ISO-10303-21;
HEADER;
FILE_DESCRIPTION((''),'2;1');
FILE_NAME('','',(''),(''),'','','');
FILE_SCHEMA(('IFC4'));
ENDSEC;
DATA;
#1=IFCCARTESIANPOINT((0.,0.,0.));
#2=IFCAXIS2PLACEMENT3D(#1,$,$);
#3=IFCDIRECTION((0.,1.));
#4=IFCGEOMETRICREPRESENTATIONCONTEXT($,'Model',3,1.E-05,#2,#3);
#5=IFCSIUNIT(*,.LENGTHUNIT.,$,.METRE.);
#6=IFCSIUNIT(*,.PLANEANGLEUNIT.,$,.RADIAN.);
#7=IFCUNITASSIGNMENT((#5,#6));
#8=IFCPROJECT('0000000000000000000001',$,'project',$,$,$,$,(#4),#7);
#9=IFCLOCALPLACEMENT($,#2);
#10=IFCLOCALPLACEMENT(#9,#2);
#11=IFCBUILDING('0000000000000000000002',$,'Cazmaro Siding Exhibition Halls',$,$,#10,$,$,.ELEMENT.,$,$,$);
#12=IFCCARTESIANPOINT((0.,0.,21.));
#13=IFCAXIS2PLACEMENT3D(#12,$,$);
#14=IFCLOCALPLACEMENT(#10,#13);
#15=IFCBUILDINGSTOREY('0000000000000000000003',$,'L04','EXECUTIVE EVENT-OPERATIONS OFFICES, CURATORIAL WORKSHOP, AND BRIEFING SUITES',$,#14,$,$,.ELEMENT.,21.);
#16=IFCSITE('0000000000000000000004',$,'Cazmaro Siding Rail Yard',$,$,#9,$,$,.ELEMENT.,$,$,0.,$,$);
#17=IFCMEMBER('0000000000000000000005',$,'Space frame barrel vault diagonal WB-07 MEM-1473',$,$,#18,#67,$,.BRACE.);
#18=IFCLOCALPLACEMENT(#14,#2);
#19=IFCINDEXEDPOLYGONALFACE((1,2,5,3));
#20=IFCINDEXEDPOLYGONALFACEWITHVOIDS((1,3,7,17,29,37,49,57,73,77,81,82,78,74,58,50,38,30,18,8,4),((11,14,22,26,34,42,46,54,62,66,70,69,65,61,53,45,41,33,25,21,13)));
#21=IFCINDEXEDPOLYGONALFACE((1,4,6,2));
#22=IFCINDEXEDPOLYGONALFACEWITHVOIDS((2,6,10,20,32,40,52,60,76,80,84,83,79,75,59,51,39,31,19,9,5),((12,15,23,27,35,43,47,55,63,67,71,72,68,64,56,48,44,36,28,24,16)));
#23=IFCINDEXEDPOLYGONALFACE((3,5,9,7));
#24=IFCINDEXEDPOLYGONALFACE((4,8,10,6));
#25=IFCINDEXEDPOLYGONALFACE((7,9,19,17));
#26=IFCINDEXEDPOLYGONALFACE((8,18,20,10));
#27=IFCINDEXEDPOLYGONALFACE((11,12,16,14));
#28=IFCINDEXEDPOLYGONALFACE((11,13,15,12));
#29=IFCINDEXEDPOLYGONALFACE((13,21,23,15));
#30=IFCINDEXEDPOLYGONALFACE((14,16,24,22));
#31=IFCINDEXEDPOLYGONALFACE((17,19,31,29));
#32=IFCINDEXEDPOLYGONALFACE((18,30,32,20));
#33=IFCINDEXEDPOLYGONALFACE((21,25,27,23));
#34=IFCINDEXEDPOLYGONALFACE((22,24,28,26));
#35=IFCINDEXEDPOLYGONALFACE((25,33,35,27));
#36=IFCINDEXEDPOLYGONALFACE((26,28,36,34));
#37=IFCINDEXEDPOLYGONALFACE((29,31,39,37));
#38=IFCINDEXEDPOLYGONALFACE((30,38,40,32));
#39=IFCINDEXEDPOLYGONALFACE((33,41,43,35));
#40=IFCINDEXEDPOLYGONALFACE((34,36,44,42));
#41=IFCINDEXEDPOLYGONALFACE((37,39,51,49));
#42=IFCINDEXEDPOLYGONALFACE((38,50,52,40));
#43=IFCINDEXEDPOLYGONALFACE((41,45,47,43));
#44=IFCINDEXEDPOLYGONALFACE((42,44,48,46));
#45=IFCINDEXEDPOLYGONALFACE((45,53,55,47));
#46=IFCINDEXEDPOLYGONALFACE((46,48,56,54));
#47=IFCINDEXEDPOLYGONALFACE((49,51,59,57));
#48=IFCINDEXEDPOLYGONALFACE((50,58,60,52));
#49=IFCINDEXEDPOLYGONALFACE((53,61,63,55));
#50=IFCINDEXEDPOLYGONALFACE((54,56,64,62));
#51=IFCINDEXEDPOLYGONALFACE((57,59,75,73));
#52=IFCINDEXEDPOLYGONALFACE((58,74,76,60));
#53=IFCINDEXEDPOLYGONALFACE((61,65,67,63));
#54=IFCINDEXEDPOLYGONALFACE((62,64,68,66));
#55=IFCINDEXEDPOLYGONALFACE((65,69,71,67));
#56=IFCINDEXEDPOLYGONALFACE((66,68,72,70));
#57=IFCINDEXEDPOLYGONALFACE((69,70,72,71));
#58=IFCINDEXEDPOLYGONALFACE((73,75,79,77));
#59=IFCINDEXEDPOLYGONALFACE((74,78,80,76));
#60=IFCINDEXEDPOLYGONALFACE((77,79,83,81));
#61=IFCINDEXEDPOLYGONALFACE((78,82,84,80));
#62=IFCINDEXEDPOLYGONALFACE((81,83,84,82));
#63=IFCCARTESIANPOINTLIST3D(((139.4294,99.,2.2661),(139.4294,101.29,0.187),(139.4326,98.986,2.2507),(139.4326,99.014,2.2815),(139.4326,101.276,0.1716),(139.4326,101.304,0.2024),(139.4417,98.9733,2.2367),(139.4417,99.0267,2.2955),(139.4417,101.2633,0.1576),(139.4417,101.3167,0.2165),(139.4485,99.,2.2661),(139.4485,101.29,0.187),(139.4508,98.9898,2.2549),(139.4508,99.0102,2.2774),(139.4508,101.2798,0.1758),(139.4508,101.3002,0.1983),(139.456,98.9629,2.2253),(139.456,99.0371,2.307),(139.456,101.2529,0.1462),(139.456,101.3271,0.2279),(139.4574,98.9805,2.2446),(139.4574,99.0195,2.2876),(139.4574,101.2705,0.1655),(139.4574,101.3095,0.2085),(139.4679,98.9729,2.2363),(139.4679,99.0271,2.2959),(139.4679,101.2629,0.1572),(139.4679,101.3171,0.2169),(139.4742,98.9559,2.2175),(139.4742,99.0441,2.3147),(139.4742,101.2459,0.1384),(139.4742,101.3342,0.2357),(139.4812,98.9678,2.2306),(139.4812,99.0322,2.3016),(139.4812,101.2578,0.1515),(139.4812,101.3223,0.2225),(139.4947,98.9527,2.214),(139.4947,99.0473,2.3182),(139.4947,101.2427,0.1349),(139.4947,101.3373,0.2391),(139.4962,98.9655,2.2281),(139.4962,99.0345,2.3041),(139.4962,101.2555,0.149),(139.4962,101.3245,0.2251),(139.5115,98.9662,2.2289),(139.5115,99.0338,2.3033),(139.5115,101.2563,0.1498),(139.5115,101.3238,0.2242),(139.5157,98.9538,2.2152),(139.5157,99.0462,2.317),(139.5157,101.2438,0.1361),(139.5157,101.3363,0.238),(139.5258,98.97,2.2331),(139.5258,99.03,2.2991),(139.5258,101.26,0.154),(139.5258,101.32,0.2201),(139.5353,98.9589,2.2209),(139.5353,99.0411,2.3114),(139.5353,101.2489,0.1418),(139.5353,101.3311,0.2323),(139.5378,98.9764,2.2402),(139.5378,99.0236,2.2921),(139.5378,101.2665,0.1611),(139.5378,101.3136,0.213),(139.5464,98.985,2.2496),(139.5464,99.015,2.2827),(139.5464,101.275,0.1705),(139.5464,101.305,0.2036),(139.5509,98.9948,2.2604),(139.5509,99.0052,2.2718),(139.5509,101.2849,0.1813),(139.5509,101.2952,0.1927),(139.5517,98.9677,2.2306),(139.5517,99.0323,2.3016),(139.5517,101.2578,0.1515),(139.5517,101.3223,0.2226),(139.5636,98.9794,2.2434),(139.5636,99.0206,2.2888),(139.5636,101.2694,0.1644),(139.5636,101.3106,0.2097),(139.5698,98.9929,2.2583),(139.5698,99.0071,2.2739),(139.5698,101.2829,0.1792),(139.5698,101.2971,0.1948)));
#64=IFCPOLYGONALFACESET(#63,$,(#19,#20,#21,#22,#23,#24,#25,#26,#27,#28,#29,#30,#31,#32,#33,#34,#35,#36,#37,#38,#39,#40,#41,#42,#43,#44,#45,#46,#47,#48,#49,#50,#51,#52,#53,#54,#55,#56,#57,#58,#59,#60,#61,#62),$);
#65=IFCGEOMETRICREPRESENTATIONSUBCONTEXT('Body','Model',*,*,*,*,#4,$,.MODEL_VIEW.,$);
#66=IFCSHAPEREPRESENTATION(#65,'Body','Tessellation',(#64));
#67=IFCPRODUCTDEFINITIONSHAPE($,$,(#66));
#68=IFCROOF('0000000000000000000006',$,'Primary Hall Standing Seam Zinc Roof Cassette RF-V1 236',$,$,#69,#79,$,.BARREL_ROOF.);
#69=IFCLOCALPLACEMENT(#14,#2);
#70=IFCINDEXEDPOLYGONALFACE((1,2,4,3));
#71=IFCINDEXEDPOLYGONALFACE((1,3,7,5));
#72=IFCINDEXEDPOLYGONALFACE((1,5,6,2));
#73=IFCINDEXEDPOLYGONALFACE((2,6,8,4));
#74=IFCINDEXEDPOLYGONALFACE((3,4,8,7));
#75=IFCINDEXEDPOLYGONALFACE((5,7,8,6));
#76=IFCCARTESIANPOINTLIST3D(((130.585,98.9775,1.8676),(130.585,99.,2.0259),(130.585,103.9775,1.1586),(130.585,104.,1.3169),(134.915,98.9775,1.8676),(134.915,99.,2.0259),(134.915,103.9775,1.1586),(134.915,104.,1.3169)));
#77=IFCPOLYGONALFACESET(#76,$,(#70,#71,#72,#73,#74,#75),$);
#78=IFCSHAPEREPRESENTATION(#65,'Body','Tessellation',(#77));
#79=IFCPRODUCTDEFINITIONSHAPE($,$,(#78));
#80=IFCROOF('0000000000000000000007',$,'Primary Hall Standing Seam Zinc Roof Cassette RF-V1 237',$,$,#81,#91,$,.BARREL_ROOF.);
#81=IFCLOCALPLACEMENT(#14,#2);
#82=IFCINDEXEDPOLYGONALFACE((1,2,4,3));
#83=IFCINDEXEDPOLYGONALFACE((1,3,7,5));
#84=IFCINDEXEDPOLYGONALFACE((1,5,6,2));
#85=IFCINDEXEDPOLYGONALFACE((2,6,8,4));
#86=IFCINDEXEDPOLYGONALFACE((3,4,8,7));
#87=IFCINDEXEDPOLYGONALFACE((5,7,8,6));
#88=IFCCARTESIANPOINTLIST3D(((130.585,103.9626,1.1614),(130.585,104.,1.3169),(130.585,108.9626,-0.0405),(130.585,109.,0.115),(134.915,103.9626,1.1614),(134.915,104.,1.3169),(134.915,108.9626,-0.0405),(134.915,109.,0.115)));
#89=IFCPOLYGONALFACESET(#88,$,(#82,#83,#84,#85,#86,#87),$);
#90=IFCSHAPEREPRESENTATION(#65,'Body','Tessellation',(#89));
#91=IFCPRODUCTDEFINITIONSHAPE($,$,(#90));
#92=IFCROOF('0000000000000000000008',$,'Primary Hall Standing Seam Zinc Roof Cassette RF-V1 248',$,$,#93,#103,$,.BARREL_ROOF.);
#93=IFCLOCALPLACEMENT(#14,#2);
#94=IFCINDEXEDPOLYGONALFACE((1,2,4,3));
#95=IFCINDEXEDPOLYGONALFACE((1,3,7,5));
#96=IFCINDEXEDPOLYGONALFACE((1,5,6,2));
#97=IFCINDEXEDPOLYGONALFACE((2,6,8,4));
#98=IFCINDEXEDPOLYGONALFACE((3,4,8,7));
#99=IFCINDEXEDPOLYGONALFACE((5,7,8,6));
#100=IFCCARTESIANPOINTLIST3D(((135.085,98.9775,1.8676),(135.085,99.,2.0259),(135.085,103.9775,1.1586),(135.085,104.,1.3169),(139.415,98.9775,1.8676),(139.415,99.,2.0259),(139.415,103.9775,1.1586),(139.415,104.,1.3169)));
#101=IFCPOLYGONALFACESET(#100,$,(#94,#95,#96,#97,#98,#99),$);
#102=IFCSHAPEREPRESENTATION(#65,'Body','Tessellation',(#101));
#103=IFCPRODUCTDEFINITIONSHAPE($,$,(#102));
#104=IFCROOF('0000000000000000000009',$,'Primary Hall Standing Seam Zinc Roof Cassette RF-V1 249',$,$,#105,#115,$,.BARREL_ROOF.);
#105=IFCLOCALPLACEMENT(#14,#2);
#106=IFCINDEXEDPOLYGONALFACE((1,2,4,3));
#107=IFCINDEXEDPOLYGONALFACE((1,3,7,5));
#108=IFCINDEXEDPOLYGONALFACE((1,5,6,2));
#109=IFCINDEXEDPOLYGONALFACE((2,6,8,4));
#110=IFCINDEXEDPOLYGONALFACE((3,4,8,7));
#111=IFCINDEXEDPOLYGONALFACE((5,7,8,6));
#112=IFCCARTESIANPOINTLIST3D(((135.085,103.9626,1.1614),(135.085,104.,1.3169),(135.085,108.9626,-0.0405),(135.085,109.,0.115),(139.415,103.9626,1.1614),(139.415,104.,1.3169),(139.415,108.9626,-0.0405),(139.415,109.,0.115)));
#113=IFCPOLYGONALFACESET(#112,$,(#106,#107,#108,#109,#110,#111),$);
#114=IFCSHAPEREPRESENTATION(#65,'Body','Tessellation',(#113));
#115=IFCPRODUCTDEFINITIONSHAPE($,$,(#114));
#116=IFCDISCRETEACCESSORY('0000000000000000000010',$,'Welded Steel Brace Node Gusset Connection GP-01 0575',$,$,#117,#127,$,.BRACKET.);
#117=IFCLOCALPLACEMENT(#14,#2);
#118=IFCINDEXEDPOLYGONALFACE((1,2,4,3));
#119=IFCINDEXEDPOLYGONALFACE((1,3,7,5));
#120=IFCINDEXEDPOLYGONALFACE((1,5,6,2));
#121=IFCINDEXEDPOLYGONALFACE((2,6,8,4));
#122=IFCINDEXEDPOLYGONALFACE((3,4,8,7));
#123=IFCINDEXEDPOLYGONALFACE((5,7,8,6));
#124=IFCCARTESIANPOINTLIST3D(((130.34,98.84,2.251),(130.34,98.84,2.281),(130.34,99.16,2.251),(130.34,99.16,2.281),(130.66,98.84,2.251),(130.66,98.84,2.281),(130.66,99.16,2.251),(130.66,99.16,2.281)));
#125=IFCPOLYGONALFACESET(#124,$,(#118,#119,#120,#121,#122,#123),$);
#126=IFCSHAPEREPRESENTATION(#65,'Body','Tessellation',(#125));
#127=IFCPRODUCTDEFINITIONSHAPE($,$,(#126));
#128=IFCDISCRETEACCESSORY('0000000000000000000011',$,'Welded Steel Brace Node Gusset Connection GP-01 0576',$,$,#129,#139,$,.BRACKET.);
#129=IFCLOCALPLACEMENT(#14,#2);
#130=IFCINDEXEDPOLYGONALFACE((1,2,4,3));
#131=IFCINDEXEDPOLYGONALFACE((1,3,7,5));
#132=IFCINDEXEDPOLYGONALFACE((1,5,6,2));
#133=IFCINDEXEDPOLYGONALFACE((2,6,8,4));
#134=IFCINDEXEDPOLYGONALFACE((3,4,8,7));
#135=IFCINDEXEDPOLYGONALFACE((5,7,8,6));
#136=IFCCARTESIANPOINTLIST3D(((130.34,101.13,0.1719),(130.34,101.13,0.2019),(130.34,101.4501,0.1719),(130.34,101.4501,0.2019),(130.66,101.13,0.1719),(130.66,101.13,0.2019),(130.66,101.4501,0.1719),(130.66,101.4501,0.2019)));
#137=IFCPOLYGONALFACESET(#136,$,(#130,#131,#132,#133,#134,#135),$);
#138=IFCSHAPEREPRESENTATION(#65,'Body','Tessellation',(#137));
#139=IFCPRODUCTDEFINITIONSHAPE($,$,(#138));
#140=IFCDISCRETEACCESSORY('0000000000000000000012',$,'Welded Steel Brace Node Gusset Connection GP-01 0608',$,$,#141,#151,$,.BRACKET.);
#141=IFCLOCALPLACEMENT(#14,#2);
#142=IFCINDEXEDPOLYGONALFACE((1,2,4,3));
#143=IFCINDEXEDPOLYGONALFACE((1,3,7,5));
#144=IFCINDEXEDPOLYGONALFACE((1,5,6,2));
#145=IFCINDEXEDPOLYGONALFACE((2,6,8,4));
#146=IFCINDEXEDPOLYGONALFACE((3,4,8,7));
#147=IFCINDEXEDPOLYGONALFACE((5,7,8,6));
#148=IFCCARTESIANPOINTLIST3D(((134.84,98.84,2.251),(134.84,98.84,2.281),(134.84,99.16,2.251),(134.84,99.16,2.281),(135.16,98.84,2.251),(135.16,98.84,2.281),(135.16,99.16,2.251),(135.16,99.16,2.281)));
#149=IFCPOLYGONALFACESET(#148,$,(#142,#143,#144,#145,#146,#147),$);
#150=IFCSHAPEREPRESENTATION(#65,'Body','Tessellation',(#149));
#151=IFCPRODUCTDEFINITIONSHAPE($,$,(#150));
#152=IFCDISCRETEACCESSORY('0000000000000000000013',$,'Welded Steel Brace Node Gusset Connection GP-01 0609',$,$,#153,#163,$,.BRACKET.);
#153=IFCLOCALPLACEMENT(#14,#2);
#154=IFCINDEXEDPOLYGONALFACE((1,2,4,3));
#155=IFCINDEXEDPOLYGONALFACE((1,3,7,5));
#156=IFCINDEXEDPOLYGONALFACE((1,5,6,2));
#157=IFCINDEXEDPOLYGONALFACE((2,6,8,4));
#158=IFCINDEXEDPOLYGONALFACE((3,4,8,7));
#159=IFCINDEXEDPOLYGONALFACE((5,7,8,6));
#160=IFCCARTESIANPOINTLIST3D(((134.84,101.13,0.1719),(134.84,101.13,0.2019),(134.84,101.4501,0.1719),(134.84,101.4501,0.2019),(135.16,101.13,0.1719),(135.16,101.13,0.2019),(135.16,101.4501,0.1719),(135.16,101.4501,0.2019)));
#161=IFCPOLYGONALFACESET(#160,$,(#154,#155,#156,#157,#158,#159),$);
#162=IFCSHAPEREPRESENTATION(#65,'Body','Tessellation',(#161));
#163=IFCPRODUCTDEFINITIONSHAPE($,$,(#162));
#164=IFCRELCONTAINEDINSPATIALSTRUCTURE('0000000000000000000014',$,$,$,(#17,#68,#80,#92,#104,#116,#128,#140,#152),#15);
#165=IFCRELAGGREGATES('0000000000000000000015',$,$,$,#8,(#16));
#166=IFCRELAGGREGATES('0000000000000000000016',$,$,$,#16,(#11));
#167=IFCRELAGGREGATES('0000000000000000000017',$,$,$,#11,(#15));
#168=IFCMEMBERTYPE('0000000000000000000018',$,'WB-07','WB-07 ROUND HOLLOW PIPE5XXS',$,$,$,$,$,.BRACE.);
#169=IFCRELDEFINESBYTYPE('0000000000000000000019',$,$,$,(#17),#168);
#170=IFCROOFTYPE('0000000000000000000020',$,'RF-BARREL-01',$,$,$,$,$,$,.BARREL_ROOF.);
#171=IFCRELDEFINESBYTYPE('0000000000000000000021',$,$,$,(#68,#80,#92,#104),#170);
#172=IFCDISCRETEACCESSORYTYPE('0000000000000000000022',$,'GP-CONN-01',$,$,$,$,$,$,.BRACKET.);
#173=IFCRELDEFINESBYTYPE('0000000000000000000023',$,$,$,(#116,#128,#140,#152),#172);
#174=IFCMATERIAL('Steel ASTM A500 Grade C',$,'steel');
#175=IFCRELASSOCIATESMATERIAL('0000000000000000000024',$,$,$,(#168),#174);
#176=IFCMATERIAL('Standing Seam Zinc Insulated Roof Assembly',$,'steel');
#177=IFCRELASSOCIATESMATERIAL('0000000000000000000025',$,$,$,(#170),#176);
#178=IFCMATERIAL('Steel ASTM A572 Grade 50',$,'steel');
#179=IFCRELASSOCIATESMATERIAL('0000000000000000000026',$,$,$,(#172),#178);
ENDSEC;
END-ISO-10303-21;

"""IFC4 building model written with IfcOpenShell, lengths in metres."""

from ifc_helpers import new_model, si_unit, direction, frame, origin, origin_2d, place, context, subcontext, project, spatial, polyline, rectangle, hollow_circle, outline, extrude, material, material_profile, profile_set, type_object, element, save


model = new_model("IFC4")

# Units and contexts
model_context = context("Model", 3, precision=1e-05, world=origin(), true_north=direction((0.0, 1.0)))
body_context = subcontext(model_context, "Body", "Model", "MODEL_VIEW")
ifc_project = project(units=[si_unit("LENGTHUNIT", "METRE"), si_unit("PLANEANGLEUNIT", "RADIAN")], contexts=[model_context])

# Site, building, storey
site_placement = place(None, origin())
site = spatial("IfcSite", under=ifc_project, at=site_placement, Name="Cazmaro Siding Rail Yard", CompositionType="ELEMENT", RefElevation=0.0)
building_placement = place(site_placement, origin())
building = spatial("IfcBuilding", under=site, at=building_placement, Name="Cazmaro Siding Exhibition Halls", CompositionType="ELEMENT")
storey_placement = place(building_placement, frame((0.0, 0.0, 21.0)))
storey = spatial("IfcBuildingStorey", under=building, at=storey_placement, Name="L04", Description="EXECUTIVE EVENT-OPERATIONS OFFICES, CURATORIAL WORKSHOP, AND BRIEFING SUITES", CompositionType="ELEMENT", Elevation=21.0)

# Member
ifc_material_1 = material(Name="Steel ASTM A500 Grade C", Category="steel")
ifc_material_profile_1 = material_profile(ifc_material_1, hollow_circle(Radius=0.0706, WallThickness=0.019, at=origin_2d()), Name="PIPE5XXS")
ifc_profile_set_1 = profile_set([ifc_material_profile_1], Name="Steel ASTM A500 Grade C")
member_type_1 = type_object("IfcMemberType", Name="WB-07", Description="WB-07 ROUND HOLLOW PIPE5XXS", PredefinedType="BRACE", material=ifc_profile_set_1)
for number, where, z_axis, x_axis, name in (
    (1, (139.5, 99.0, 2.2661), (0.0, 0.740383, -0.672185), (-1.0, 0.0, 0.0), "Space frame barrel vault diagonal WB-07 MEM-1473"),
):
    element("IfcMember", number, at=place(storey_placement, frame(where, z_axis=z_axis, x_axis=x_axis)), inside=storey, type_object=member_type_1, Name=name, PredefinedType="BRACE", context=body_context, shape_type="SweptSolid", body=[
        extrude(hollow_circle(Radius=0.0706, WallThickness=0.019, at=origin_2d()), origin(), (0.0, 0.0, 1.0), 3.093),
    ])

# Roofs
ifc_material_2 = material(Name="Standing Seam Zinc Insulated Roof Assembly", Category="steel")
roof_type = type_object("IfcRoofType", Name="RF-BARREL-01", PredefinedType="BARREL_ROOF", material=ifc_material_2)
roof_1_placement = place(storey_placement, frame((130.585, 99.0, 2.0259), z_axis=(0.0, 0.140393, 0.990096), x_axis=(1.0, 0.0, 0.0)))
element("IfcRoof", 2, at=roof_1_placement, inside=storey, type_object=roof_type, Name="Primary Hall Standing Seam Zinc Roof Cassette RF-V1 236", PredefinedType="BARREL_ROOF", context=body_context, shape_type="SweptSolid", body=[
    extrude(outline(polyline([(0.0, 0.0), (4.3301, 0.0), (4.3301, 5.05), (0.0, 5.05), (0.0, 0.0)])), origin(), (0.0, 0.0, -1.0), 0.1599),
])
roof_2_placement = place(storey_placement, frame((130.585, 104.0, 1.3169), z_axis=(0.0, 0.233723, 0.972303), x_axis=(1.0, 0.0, 0.0)))
element("IfcRoof", 3, at=roof_2_placement, inside=storey, type_object=roof_type, Name="Primary Hall Standing Seam Zinc Roof Cassette RF-V1 237", PredefinedType="BARREL_ROOF", context=body_context, shape_type="SweptSolid", body=[
    extrude(outline(polyline([(0.0, 0.0), (4.3301, 0.0), (4.3301, 5.1424), (0.0, 5.1424), (0.0, 0.0)])), origin(), (0.0, 0.0, -1.0), 0.1599),
])
roof_3_placement = place(storey_placement, frame((135.085, 99.0, 2.0259), z_axis=(0.0, 0.140393, 0.990096), x_axis=(1.0, 0.0, 0.0)))
element("IfcRoof", 4, at=roof_3_placement, inside=storey, type_object=roof_type, Name="Primary Hall Standing Seam Zinc Roof Cassette RF-V1 248", PredefinedType="BARREL_ROOF", context=body_context, shape_type="SweptSolid", body=[
    extrude(outline(polyline([(0.0, 0.0), (4.3301, 0.0), (4.3301, 5.05), (0.0, 5.05), (0.0, 0.0)])), origin(), (0.0, 0.0, -1.0), 0.1599),
])
roof_4_placement = place(storey_placement, frame((135.085, 104.0, 1.3169), z_axis=(0.0, 0.233723, 0.972303), x_axis=(1.0, 0.0, 0.0)))
element("IfcRoof", 5, at=roof_4_placement, inside=storey, type_object=roof_type, Name="Primary Hall Standing Seam Zinc Roof Cassette RF-V1 249", PredefinedType="BARREL_ROOF", context=body_context, shape_type="SweptSolid", body=[
    extrude(outline(polyline([(0.0, 0.0), (4.3301, 0.0), (4.3301, 5.1424), (0.0, 5.1424), (0.0, 0.0)])), origin(), (0.0, 0.0, -1.0), 0.1599),
])

# Discrete accessories
ifc_material_3 = material(Name="Steel ASTM A572 Grade 50", Category="steel")
discrete_accessory_type = type_object("IfcDiscreteAccessoryType", Name="GP-CONN-01", PredefinedType="BRACKET", material=ifc_material_3)
for number, where, z_axis, x_axis, name in (
    (6, (130.5, 99.0, 2.251), (0.0, 0.0, 1.0), (1.0, 0.0, 0.0), "Welded Steel Brace Node Gusset Connection GP-01 0575"),
    (7, (130.5, 101.29, 0.1719), (0.0, 0.0, 1.0), (1.0, 0.0, 0.0), "Welded Steel Brace Node Gusset Connection GP-01 0576"),
    (8, (135.0, 99.0, 2.251), (0.0, 0.0, 1.0), (1.0, 0.0, 0.0), "Welded Steel Brace Node Gusset Connection GP-01 0608"),
    (9, (135.0, 101.29, 0.1719), (0.0, 0.0, 1.0), (1.0, 0.0, 0.0), "Welded Steel Brace Node Gusset Connection GP-01 0609"),
):
    element("IfcDiscreteAccessory", number, at=place(storey_placement, frame(where, z_axis=z_axis, x_axis=x_axis)), inside=storey, type_object=discrete_accessory_type, Name=name, PredefinedType="BRACKET", context=body_context, shape_type="SweptSolid", body=[
        extrude(rectangle(XDim=0.3201, YDim=0.3201, at=origin_2d()), origin(), (0.0, 0.0, 1.0), 0.03),
    ])

save(model, "model.ifc")
